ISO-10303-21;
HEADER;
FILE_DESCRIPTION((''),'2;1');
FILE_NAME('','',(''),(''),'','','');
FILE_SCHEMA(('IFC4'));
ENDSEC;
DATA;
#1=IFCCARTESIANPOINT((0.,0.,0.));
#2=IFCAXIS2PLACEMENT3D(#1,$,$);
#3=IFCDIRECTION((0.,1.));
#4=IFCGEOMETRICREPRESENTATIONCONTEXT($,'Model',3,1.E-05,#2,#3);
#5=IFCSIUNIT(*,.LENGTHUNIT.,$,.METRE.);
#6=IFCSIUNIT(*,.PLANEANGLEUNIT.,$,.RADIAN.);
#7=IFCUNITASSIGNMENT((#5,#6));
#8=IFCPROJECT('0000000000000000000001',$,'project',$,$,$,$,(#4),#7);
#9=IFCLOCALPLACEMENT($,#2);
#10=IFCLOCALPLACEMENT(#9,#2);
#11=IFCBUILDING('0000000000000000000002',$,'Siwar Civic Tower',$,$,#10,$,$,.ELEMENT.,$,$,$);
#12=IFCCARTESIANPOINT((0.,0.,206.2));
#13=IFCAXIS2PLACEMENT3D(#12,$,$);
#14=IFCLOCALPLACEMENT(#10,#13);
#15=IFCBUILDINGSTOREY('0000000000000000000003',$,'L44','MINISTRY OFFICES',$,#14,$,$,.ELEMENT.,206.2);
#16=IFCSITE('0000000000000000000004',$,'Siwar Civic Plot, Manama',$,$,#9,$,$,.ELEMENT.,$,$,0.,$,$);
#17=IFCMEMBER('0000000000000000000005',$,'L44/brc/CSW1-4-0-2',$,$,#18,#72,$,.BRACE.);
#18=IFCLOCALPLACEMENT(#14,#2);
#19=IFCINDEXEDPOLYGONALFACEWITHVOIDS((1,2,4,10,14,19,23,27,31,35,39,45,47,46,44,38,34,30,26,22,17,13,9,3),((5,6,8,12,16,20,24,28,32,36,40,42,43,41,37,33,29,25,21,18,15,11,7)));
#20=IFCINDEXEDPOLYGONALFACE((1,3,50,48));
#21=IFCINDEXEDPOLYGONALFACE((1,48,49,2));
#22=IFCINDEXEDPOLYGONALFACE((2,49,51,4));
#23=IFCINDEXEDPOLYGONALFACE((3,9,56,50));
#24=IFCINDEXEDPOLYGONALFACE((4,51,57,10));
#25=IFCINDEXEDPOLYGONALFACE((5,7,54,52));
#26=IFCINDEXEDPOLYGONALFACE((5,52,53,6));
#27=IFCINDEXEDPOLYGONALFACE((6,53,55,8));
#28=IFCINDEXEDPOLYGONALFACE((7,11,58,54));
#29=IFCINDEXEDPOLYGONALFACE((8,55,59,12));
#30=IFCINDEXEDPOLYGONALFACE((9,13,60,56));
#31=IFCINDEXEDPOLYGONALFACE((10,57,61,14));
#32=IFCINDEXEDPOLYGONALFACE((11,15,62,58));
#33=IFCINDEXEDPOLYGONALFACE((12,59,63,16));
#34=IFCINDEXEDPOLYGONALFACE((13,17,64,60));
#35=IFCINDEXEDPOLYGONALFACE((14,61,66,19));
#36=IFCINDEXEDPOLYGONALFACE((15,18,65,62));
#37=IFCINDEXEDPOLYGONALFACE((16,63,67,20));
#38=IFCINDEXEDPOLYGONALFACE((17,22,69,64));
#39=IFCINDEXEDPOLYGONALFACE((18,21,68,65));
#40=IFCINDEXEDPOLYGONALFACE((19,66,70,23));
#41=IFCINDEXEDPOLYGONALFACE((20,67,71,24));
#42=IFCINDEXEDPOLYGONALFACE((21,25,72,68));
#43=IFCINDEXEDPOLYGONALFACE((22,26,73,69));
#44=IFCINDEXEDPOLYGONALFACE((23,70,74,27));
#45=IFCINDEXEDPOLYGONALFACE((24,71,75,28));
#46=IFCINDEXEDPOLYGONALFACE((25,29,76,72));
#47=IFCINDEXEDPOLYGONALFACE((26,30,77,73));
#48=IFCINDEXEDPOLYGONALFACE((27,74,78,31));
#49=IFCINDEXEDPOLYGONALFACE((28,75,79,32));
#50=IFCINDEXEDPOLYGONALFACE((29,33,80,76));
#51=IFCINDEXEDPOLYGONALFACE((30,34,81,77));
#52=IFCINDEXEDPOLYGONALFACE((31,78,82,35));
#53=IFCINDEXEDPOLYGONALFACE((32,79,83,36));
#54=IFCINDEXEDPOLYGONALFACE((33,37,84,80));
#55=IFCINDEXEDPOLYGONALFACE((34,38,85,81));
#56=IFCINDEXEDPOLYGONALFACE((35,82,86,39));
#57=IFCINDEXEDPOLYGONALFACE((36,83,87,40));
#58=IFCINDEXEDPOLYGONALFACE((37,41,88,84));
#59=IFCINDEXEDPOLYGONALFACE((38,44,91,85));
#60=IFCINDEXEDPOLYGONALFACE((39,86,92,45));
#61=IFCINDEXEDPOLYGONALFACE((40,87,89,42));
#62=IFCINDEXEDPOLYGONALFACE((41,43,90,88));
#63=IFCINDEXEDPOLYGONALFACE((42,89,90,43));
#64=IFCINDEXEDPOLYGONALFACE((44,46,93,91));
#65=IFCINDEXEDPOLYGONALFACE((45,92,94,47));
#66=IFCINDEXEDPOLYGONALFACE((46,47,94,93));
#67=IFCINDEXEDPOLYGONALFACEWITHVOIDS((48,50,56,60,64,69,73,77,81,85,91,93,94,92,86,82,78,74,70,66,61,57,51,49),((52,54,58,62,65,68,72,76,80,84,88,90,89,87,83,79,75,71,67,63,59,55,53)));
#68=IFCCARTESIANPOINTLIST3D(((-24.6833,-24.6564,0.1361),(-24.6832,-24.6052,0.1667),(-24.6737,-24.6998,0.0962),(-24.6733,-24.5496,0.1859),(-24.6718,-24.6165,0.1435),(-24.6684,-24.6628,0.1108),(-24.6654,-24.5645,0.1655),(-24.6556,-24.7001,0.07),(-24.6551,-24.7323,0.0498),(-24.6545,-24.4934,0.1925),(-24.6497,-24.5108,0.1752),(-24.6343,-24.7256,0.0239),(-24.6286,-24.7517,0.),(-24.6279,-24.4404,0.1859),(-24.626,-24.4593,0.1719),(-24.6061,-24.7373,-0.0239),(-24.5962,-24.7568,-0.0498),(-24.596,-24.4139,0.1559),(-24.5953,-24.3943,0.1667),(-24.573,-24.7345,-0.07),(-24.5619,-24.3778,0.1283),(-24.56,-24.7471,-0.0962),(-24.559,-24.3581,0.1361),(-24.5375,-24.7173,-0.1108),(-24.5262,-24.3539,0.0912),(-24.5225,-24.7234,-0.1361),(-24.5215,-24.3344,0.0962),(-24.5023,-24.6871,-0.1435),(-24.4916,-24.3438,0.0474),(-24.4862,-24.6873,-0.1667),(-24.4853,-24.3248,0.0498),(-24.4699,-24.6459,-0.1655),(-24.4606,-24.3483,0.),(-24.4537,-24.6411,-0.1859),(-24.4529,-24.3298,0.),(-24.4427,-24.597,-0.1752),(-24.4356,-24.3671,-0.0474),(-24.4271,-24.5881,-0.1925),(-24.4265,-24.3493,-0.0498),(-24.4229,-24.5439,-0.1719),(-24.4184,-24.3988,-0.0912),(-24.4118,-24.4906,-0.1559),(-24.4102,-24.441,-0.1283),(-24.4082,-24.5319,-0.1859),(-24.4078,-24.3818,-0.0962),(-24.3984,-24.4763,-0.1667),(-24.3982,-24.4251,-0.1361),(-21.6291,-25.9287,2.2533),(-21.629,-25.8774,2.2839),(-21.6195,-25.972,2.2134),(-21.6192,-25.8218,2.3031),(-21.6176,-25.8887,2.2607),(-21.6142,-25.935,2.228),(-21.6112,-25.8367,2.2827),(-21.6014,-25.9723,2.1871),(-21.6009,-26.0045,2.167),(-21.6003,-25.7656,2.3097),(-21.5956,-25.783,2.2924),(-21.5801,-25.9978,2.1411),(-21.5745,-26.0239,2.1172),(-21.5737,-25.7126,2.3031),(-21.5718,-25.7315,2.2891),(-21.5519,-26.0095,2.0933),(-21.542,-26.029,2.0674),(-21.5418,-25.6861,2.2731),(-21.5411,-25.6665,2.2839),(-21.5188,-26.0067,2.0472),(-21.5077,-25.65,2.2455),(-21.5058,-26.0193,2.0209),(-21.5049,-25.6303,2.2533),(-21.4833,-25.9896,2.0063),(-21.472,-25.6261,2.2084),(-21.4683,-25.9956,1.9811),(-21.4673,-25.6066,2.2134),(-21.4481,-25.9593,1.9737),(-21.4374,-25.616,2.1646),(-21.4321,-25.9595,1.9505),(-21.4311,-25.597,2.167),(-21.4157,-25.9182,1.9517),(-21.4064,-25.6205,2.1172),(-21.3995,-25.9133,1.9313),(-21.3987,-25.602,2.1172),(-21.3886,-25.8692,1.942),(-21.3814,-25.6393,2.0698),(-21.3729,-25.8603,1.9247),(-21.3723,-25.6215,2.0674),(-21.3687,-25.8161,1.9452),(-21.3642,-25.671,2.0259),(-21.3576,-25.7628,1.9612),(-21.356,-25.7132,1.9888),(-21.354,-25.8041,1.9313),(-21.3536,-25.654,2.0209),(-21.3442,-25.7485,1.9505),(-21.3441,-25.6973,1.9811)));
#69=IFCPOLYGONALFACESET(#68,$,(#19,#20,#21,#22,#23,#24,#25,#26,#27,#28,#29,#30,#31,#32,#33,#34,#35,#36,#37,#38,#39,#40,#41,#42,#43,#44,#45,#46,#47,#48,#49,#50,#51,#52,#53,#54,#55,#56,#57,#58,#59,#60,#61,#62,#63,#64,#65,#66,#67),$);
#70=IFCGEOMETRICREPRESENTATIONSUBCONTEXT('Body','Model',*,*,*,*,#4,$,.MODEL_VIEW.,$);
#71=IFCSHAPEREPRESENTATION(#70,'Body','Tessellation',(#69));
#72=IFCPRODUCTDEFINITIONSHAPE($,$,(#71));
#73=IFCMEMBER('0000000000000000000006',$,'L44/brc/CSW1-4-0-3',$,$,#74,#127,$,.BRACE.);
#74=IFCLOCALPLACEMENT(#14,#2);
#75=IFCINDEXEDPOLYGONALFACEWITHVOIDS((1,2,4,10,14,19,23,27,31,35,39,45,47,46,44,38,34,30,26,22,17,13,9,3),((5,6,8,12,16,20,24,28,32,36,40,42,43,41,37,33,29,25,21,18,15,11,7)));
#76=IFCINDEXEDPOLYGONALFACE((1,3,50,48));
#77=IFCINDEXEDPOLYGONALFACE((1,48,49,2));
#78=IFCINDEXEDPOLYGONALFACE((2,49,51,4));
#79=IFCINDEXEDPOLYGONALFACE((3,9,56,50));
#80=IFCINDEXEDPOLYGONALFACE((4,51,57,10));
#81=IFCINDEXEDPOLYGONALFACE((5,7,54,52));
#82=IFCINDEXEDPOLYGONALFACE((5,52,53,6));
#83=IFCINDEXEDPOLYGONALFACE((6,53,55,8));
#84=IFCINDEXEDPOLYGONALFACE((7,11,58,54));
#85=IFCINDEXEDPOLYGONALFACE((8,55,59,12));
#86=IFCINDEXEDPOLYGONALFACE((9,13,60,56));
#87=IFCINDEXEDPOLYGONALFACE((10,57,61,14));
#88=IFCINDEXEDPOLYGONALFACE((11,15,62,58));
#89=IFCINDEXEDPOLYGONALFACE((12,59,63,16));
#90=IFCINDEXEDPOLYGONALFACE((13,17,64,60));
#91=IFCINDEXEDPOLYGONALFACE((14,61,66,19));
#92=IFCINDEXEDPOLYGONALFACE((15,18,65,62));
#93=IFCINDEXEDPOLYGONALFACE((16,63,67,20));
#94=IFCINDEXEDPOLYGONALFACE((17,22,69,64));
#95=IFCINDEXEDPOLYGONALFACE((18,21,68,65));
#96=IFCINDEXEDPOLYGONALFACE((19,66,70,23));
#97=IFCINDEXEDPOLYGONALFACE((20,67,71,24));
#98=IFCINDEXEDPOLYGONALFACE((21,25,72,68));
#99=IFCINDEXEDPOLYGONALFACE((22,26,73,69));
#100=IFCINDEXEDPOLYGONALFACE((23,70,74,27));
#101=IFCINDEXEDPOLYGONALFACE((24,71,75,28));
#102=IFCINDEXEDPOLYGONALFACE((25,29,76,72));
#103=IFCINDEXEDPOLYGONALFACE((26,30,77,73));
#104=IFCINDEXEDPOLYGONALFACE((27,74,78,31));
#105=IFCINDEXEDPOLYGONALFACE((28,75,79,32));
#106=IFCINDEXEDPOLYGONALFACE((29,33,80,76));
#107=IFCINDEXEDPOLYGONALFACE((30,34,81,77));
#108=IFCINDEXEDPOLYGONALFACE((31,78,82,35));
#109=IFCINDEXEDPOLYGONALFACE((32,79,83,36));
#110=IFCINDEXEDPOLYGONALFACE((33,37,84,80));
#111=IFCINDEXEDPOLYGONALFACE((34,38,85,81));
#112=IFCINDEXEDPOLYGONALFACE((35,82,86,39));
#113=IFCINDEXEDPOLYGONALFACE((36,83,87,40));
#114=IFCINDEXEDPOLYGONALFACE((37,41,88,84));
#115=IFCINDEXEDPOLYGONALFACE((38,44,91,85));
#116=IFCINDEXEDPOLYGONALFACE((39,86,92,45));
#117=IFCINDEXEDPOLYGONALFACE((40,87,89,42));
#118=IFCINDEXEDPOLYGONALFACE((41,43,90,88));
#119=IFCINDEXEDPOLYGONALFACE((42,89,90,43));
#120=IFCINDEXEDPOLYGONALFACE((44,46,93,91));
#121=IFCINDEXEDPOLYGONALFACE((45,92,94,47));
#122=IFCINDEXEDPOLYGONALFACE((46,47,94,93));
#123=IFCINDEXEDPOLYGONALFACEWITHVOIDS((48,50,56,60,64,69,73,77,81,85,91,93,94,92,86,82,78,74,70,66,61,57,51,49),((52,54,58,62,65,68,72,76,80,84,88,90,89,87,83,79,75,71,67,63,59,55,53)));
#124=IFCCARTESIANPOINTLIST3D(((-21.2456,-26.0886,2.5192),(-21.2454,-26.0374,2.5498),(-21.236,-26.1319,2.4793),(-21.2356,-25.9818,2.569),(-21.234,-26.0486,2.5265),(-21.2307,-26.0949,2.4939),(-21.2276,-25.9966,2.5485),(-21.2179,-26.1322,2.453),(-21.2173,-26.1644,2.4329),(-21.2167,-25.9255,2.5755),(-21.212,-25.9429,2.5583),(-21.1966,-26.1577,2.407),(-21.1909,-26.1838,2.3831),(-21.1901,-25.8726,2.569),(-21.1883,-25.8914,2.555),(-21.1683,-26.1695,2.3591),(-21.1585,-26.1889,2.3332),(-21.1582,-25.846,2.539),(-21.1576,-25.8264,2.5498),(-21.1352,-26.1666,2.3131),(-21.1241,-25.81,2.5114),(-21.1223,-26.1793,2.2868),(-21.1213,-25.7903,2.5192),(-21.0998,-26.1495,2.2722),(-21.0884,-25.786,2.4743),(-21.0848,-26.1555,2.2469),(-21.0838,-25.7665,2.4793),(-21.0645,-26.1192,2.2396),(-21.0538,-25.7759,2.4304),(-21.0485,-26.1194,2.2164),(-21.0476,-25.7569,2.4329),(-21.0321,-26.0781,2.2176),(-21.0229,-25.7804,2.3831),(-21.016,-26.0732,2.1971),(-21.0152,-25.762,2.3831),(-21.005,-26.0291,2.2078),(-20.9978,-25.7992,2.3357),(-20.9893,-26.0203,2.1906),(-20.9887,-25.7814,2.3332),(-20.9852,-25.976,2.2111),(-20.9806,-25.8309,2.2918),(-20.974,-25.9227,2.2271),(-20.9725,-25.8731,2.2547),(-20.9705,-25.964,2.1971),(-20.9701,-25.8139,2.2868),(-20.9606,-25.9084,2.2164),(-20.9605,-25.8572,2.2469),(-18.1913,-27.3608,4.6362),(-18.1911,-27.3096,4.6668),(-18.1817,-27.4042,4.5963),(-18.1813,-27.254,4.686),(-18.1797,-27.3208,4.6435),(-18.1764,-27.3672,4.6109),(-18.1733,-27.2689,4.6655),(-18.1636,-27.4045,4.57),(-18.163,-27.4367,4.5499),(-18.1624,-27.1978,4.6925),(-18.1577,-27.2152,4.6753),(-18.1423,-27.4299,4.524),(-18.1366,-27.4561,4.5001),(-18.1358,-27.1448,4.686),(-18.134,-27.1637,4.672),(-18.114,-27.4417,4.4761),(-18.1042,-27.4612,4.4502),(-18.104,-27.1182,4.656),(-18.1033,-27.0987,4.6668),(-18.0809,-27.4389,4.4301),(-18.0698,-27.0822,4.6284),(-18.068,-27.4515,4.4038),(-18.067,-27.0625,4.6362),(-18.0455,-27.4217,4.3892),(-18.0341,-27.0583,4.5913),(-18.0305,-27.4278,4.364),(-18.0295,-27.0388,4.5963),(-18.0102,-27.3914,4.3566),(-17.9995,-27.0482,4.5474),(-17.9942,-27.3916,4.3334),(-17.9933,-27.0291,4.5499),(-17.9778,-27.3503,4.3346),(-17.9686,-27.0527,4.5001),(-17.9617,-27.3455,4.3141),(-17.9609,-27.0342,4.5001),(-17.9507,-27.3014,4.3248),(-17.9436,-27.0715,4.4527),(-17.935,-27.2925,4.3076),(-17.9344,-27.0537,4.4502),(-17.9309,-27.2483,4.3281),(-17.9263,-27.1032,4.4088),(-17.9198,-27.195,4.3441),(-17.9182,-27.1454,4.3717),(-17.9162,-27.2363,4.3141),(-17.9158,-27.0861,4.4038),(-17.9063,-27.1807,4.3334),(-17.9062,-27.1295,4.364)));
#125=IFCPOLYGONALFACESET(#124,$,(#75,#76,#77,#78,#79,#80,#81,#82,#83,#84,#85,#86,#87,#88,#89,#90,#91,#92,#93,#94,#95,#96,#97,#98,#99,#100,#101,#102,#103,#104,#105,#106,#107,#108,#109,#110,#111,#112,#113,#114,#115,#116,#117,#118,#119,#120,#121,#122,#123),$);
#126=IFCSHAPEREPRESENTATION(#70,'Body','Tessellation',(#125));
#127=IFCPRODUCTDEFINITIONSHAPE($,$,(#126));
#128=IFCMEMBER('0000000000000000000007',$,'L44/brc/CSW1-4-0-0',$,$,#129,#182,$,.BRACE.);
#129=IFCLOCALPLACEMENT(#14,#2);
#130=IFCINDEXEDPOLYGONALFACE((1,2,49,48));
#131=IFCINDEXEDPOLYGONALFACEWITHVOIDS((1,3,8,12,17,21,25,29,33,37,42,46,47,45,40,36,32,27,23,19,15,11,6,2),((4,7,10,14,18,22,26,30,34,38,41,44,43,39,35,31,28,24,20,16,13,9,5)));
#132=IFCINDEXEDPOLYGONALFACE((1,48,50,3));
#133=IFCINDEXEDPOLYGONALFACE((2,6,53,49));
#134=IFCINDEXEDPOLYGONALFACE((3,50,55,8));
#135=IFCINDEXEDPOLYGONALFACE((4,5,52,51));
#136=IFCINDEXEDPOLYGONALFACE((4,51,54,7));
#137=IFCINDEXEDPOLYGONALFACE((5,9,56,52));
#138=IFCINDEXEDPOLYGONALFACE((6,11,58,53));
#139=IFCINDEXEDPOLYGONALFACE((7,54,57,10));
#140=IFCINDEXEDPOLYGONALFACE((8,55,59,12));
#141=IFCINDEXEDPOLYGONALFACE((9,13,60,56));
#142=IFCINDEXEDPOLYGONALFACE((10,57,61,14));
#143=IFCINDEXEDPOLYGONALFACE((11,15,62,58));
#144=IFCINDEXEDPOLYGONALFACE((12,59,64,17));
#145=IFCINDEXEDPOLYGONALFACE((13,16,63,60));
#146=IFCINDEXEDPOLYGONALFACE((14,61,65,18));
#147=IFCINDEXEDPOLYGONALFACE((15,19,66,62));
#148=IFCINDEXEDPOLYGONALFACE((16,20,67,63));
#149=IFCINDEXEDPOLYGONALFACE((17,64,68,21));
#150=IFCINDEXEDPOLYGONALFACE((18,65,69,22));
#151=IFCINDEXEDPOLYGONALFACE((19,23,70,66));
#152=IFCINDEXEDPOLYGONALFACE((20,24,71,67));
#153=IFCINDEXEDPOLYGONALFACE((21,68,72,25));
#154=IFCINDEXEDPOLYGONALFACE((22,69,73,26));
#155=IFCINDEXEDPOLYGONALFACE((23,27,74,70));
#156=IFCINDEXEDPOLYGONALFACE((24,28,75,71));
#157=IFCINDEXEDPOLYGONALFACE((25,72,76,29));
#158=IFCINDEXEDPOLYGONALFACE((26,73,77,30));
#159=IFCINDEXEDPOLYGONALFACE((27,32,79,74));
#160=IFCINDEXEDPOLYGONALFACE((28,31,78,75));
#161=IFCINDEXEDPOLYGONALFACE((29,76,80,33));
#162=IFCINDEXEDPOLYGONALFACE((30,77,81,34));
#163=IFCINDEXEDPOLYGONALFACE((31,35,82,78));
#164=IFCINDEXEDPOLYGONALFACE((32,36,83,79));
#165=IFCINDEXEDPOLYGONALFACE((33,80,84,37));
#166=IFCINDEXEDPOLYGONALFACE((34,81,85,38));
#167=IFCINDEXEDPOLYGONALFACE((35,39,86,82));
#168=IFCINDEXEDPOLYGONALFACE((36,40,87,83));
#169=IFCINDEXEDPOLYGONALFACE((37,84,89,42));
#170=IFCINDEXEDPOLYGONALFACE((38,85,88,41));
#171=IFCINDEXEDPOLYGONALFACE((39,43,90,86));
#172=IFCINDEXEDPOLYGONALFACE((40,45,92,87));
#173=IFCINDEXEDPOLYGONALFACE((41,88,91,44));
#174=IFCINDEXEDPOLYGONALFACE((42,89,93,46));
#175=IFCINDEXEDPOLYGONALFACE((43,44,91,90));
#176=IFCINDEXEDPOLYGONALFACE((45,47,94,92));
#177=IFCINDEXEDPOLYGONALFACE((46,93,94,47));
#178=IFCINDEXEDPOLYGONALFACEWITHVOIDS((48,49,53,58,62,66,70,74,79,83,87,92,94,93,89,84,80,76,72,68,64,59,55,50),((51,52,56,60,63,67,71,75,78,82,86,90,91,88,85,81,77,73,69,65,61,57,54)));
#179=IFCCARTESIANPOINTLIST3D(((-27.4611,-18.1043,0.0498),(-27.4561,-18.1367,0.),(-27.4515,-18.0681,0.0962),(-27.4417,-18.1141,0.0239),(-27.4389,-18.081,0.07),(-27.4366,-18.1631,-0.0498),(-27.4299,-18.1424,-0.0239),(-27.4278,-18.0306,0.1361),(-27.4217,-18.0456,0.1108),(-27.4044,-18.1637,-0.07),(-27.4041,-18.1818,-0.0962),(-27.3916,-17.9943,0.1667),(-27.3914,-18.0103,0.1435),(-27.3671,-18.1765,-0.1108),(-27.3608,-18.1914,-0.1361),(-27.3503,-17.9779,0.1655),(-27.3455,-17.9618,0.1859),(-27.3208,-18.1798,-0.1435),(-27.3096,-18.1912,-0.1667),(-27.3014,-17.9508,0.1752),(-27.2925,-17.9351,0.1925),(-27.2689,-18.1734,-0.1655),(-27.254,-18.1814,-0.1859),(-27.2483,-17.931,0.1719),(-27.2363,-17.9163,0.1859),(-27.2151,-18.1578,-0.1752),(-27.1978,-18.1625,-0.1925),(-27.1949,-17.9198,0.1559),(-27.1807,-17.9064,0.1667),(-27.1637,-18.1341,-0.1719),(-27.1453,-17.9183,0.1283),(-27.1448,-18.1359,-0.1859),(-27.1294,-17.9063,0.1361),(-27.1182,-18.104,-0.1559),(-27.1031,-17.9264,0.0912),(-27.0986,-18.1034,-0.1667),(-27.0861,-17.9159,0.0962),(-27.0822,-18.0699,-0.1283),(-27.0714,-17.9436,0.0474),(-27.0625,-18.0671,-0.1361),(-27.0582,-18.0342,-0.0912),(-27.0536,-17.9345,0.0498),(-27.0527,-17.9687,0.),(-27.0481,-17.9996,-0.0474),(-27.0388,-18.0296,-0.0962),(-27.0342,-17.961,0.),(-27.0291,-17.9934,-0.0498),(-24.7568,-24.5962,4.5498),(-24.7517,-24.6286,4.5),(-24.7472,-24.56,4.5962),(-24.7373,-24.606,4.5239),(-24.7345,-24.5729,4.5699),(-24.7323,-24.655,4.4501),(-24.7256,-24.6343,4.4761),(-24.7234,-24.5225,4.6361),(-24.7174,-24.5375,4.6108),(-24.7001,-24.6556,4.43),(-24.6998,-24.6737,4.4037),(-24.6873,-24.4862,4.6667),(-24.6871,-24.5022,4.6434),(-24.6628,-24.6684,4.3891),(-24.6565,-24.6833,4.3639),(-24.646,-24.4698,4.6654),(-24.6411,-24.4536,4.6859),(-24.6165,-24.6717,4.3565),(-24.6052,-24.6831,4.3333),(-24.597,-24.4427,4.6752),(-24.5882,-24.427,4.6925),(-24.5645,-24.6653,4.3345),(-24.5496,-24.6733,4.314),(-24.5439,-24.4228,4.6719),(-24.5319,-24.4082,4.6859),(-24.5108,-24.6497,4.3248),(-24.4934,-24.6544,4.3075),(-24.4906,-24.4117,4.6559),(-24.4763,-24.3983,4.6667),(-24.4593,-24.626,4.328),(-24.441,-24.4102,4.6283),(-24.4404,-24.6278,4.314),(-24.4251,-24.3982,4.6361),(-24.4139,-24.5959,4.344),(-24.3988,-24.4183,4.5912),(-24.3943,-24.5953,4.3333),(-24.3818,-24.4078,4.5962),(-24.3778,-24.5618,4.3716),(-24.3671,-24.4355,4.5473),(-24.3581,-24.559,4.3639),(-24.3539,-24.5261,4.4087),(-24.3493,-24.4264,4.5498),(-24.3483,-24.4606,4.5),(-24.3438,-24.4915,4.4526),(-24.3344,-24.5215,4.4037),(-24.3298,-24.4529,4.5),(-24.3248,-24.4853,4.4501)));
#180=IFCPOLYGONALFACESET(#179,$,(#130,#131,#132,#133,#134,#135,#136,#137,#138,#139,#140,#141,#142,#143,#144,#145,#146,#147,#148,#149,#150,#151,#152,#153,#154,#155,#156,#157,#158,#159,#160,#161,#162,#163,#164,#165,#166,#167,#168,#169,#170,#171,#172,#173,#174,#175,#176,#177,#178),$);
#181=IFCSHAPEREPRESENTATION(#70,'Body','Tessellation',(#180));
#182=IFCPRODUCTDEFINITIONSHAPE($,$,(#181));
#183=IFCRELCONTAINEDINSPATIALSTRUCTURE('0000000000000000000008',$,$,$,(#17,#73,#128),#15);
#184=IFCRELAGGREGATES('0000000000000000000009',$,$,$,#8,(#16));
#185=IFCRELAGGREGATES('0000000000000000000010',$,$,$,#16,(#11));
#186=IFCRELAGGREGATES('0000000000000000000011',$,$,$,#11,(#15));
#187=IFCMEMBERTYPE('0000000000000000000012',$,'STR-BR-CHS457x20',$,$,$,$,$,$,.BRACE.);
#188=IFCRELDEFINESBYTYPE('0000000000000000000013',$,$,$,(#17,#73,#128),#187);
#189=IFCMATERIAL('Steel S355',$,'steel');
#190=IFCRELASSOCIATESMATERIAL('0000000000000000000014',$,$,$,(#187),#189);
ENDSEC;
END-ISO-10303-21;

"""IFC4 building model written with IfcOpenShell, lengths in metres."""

from ifc_helpers import new_model, si_unit, direction, frame, origin, origin_2d, place, context, subcontext, project, spatial, hollow_circle, extrude, material, material_profile, profile_set, type_object, element, save


model = new_model("IFC4")

# Units and contexts
model_context = context("Model", 3, precision=1e-05, world=origin(), true_north=direction((0.0, 1.0)))
body_context = subcontext(model_context, "Body", "Model", "MODEL_VIEW")
ifc_project = project(units=[si_unit("LENGTHUNIT", "METRE"), si_unit("PLANEANGLEUNIT", "RADIAN")], contexts=[model_context])

# Site, building, storey
site_placement = place(None, origin())
site = spatial("IfcSite", under=ifc_project, at=site_placement, Name="Siwar Civic Plot, Manama", CompositionType="ELEMENT", RefElevation=0.0)
building_placement = place(site_placement, origin())
building = spatial("IfcBuilding", under=site, at=building_placement, Name="Siwar Civic Tower", CompositionType="ELEMENT")
storey_placement = place(building_placement, frame((0.0, 0.0, 206.2)))
storey = spatial("IfcBuildingStorey", under=building, at=storey_placement, Name="L44", Description="MINISTRY OFFICES", CompositionType="ELEMENT", Elevation=206.2)

# Members
ifc_material_1 = material(Name="Steel S355", Category="steel")
ifc_material_profile_1 = material_profile(ifc_material_1, hollow_circle(Radius=0.2285, WallThickness=0.02, at=origin_2d()), Name="CHS457x20")
ifc_profile_set_1 = profile_set([ifc_material_profile_1], Name="Steel S355")
member_type_1 = type_object("IfcMemberType", Name="STR-BR-CHS457x20", PredefinedType="BRACE", material=ifc_profile_set_1)
for number, where, z_axis, x_axis, name in (
    (1, (-24.5408, -24.5408, 0.0), (0.777546, -0.323884, 0.538999), (0.384521, 0.923116, 0.0), "L44/brc/CSW1-4-0-2"),
    (2, (-21.103, -25.9729, 2.3831), (0.777572, -0.323895, 0.538955), (0.384521, 0.923116, 0.0), "L44/brc/CSW1-4-0-3"),
):
    element("IfcMember", number, at=place(storey_placement, frame(where, z_axis=z_axis, x_axis=x_axis)), inside=storey, type_object=member_type_1, Name=name, PredefinedType="BRACE", context=body_context, shape_type="SweptSolid", body=[
        extrude(hollow_circle(Radius=0.2285, WallThickness=0.02, at=origin_2d()), origin(), (0.0, 0.0, 1.0), 3.928),
    ])
member_1_placement = place(storey_placement, frame((-27.2451, -18.0488, 0.0), z_axis=(0.323906, -0.777555, 0.538975), x_axis=(0.923109, 0.384539, 0.0)))
element("IfcMember", 3, at=member_1_placement, inside=storey, type_object=member_type_1, Name="L44/brc/CSW1-4-0-0", PredefinedType="BRACE", context=body_context, shape_type="SweptSolid", body=[
    extrude(hollow_circle(Radius=0.2285, WallThickness=0.02, at=origin_2d()), origin(), (0.0, 0.0, 1.0), 8.3491),
])

save(model, "model.ifc")
